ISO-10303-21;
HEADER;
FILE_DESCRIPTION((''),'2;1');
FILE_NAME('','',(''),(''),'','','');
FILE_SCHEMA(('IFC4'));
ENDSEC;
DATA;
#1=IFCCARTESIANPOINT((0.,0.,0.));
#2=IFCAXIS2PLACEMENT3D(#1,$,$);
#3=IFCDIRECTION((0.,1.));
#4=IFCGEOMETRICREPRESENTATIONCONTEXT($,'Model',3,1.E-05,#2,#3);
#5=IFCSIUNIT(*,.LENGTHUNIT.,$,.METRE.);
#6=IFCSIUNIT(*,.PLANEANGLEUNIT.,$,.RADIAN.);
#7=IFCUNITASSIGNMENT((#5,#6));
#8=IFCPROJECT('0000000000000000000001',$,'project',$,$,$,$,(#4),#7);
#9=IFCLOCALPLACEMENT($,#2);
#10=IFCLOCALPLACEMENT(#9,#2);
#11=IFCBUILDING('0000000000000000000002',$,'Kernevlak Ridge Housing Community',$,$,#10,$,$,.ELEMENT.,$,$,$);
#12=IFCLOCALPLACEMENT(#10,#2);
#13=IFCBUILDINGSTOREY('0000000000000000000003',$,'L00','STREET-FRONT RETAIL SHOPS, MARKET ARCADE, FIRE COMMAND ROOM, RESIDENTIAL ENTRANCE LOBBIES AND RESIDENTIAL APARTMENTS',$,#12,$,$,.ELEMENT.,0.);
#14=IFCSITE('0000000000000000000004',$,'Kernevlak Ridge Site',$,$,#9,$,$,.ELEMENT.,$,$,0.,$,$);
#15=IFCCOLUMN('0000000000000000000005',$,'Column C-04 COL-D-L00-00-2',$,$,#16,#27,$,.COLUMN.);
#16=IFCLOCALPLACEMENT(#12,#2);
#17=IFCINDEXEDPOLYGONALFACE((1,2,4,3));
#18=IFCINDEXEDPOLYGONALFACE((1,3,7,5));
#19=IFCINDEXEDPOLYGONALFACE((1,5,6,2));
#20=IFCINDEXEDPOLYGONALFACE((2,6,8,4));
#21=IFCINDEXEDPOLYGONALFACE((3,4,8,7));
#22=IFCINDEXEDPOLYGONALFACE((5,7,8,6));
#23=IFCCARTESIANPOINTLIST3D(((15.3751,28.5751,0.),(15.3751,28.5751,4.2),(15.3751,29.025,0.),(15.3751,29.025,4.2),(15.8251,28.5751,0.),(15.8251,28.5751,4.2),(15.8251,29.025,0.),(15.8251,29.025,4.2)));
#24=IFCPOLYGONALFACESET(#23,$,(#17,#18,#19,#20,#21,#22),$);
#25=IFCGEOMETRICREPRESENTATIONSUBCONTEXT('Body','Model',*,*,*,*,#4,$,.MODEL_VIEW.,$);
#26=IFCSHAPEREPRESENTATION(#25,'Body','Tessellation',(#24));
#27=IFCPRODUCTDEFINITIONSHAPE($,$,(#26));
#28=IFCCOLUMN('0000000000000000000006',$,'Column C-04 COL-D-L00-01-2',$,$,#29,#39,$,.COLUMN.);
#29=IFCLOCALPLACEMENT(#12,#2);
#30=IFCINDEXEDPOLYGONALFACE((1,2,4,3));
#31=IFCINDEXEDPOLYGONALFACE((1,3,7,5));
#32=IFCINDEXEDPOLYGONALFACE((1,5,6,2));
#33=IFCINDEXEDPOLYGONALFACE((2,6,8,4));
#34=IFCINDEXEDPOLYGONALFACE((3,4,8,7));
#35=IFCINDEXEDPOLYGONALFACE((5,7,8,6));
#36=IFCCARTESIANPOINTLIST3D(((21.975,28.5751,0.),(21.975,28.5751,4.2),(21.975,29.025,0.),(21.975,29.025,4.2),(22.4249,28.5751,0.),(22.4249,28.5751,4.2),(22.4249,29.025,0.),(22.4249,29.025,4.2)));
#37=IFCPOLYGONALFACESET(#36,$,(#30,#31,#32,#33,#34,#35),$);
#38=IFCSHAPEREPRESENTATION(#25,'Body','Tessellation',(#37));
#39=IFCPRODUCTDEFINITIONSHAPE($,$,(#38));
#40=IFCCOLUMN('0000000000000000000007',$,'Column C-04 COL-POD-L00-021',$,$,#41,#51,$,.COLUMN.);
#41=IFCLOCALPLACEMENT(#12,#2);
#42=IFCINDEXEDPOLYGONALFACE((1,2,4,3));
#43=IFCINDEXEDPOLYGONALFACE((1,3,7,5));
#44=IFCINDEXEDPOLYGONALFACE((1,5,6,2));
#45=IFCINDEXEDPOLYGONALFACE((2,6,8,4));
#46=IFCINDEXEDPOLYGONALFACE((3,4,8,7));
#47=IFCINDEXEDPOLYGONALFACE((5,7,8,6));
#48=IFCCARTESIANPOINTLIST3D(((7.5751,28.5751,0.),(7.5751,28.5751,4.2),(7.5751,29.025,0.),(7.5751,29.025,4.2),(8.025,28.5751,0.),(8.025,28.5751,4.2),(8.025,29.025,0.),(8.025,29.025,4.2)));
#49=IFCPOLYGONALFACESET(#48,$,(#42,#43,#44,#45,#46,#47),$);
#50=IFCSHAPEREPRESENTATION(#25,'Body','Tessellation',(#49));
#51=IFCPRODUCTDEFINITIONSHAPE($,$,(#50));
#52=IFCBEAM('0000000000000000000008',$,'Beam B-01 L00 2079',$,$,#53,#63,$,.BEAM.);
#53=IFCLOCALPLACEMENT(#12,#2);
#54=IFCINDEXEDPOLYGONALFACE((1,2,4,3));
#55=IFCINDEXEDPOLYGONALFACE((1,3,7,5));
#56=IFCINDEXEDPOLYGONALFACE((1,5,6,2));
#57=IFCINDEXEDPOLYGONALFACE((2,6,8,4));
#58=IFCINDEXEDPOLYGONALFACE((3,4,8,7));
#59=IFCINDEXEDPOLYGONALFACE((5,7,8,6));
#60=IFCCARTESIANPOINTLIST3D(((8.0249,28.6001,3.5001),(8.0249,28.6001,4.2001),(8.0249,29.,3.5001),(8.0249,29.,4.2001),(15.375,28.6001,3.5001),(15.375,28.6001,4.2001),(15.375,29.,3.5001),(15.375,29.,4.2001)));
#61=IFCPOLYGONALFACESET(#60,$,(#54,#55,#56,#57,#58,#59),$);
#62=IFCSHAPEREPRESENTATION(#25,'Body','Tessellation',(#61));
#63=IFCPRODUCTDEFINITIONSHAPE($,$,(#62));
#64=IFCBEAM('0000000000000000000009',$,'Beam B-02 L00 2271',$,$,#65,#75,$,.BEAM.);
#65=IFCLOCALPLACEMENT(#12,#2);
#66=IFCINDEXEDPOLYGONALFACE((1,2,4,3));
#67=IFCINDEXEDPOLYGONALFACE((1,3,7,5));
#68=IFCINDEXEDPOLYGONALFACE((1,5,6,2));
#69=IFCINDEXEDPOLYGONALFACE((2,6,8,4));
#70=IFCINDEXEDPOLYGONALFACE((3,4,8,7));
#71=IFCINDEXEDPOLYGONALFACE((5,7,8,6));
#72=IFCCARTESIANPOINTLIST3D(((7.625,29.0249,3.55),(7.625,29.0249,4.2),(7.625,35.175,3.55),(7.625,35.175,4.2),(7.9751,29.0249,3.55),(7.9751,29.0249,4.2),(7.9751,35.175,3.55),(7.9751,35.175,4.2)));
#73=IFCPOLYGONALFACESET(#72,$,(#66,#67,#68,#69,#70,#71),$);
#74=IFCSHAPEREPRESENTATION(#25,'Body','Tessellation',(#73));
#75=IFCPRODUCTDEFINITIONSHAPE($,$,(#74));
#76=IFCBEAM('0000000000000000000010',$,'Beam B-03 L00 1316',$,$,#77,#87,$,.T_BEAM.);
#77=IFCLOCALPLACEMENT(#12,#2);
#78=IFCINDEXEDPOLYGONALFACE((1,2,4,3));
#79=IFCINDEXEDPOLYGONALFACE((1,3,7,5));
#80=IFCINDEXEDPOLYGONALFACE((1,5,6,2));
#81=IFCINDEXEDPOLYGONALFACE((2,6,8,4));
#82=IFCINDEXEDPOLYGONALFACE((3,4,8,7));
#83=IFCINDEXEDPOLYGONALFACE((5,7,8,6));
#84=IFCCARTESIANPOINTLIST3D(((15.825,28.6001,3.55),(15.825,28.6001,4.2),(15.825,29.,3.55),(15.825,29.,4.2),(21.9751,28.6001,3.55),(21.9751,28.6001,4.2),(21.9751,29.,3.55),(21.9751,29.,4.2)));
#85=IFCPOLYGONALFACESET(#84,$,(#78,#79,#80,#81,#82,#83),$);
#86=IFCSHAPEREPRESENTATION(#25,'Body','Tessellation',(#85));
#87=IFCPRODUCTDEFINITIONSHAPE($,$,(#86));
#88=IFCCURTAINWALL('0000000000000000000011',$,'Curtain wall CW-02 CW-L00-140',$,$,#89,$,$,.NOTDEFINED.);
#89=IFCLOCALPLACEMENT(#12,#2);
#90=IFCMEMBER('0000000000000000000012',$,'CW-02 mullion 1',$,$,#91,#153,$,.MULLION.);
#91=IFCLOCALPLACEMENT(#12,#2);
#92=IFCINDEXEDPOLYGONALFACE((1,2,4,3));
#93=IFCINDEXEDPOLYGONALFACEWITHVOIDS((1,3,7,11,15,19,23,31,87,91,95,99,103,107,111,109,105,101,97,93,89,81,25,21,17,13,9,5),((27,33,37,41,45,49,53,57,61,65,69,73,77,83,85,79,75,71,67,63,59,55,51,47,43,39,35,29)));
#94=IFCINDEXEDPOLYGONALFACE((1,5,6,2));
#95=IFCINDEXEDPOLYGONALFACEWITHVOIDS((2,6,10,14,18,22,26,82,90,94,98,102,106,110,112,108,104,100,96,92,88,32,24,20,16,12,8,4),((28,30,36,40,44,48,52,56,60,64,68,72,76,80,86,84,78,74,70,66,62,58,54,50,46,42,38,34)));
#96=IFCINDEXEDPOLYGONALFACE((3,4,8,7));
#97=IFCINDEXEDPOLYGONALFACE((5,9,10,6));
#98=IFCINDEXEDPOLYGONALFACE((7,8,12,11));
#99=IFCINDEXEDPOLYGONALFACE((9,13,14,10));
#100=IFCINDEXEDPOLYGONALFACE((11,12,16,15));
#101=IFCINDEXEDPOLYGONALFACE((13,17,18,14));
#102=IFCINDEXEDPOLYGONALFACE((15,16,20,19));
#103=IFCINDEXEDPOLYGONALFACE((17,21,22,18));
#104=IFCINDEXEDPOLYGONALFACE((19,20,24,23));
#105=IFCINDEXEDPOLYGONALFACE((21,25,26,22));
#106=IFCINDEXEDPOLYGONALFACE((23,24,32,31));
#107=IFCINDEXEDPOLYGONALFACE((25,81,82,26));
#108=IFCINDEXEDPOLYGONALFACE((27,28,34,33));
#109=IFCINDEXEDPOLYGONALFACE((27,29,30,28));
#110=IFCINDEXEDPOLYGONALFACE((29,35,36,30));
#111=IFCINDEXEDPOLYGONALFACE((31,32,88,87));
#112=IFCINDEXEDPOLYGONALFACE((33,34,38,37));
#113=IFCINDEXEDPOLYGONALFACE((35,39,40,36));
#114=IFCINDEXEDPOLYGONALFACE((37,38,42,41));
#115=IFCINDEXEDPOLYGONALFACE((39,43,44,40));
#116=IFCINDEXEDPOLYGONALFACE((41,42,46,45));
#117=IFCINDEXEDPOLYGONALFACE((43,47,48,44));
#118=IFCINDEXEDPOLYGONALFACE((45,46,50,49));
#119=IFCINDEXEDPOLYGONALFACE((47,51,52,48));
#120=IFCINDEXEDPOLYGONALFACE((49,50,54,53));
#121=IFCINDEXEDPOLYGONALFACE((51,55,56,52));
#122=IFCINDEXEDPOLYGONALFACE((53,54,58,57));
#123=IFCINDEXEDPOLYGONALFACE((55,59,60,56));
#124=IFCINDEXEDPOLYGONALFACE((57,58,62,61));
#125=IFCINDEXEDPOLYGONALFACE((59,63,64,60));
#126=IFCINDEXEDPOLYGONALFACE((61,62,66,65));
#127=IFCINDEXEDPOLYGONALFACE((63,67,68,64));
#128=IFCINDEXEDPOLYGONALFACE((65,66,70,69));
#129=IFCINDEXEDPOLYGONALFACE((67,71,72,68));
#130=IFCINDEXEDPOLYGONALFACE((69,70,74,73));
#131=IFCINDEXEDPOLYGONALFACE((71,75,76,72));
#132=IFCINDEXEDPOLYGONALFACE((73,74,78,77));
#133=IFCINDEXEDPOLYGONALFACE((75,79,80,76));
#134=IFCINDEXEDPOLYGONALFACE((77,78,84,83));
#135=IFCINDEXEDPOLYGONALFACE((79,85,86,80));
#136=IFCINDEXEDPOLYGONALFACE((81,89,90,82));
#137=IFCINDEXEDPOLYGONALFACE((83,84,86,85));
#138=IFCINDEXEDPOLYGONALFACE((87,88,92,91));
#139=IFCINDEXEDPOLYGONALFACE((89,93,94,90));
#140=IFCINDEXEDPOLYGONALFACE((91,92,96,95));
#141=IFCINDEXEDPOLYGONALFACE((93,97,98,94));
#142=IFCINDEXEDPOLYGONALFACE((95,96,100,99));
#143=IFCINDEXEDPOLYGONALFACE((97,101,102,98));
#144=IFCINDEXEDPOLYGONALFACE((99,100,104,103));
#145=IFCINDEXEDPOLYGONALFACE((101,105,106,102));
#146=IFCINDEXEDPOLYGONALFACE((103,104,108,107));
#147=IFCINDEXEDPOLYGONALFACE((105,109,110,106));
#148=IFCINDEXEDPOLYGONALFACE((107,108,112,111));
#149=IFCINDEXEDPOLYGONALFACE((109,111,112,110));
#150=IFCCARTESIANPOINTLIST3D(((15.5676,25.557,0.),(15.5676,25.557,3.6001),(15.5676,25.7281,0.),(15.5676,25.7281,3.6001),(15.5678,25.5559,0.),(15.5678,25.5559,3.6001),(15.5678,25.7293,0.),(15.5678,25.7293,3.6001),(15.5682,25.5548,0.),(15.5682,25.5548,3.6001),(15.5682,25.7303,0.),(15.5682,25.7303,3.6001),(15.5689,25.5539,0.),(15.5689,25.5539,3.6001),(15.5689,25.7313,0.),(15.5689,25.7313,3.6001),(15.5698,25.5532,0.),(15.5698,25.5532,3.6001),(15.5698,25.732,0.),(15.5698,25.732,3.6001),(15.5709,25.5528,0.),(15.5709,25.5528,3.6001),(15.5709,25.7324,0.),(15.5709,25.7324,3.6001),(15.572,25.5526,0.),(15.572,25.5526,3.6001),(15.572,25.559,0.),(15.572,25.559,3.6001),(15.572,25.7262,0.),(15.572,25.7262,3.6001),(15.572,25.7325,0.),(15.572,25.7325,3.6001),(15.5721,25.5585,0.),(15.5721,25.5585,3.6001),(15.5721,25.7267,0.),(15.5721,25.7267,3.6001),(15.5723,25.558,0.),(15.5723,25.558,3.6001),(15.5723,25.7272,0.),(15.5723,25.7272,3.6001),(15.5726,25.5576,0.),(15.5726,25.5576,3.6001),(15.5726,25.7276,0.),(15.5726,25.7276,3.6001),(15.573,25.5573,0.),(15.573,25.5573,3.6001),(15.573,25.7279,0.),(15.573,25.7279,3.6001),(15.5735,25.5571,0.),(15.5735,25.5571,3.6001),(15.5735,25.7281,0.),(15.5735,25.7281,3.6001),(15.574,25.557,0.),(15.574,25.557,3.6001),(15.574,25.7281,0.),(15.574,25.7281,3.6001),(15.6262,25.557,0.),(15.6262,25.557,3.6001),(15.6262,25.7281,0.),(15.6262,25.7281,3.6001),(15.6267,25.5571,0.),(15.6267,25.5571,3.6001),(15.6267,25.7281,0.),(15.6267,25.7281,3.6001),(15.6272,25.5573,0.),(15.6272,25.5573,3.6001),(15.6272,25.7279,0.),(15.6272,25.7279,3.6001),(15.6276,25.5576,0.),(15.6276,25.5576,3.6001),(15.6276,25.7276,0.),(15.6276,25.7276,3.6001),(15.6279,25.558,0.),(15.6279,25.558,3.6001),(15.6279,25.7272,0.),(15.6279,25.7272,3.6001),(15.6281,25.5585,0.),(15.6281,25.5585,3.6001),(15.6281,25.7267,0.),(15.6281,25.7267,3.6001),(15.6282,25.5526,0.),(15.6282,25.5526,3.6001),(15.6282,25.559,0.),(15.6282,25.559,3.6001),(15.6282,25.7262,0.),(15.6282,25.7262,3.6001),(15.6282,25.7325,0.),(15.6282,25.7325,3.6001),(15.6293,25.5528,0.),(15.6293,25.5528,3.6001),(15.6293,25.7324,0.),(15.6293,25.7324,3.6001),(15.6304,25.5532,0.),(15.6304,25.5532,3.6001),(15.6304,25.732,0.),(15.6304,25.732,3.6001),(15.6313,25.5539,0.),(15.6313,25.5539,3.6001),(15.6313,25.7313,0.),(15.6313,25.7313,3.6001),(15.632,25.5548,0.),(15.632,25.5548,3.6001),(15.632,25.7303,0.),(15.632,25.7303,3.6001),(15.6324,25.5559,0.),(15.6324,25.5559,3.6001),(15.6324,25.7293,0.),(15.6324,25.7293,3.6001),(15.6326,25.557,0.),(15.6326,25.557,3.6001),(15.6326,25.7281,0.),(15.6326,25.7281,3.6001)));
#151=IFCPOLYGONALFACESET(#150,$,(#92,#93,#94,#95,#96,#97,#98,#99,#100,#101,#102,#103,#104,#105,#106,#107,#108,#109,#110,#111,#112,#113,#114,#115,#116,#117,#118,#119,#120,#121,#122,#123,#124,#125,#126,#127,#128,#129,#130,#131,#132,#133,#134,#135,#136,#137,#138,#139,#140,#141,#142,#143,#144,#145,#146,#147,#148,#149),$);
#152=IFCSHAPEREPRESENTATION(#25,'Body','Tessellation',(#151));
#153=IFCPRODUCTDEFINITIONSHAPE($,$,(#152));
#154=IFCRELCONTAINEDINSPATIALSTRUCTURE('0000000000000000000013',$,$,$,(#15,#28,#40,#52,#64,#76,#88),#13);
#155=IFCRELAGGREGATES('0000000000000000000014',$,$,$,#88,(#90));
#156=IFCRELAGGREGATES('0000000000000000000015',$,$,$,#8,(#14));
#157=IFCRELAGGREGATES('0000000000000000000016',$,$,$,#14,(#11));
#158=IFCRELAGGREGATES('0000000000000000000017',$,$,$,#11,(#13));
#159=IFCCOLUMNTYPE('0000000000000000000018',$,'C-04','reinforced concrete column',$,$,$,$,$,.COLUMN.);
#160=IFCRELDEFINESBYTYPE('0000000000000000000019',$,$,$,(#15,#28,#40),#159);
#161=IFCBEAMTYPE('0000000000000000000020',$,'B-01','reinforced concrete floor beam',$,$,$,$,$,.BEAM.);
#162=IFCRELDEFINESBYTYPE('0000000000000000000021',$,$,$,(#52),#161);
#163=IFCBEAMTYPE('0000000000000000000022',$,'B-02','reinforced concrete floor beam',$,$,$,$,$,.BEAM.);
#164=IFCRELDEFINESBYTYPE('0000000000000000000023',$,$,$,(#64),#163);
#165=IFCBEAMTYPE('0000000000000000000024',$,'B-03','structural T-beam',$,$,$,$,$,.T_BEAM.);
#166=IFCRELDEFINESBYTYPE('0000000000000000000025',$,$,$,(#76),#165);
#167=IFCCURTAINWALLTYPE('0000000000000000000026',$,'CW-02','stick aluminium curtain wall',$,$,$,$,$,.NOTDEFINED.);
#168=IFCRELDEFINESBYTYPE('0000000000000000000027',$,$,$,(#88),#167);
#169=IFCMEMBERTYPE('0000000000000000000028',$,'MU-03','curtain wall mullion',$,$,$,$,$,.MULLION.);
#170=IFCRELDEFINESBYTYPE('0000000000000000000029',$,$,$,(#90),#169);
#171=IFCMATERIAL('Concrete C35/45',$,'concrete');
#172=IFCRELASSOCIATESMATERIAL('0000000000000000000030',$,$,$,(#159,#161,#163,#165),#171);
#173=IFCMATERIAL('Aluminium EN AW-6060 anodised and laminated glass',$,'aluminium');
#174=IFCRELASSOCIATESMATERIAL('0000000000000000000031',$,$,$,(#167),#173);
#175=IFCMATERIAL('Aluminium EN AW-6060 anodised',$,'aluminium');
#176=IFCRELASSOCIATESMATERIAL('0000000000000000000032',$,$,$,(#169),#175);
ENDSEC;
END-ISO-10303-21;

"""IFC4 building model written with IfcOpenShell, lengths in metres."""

from ifc_helpers import new_model, si_unit, direction, frame, origin, origin_2d, place, context, subcontext, project, spatial, rectangle, hollow_rectangle, extrude, material, material_profile, profile_set, type_object, element, aggregate, save


model = new_model("IFC4")

# Units and contexts
model_context = context("Model", 3, precision=1e-05, world=origin(), true_north=direction((0.0, 1.0)))
body_context = subcontext(model_context, "Body", "Model", "MODEL_VIEW")
ifc_project = project(units=[si_unit("LENGTHUNIT", "METRE"), si_unit("PLANEANGLEUNIT", "RADIAN")], contexts=[model_context])

# Site, building, storey
site_placement = place(None, origin())
site = spatial("IfcSite", under=ifc_project, at=site_placement, Name="Kernevlak Ridge Site", CompositionType="ELEMENT", RefElevation=0.0)
building_placement = place(site_placement, origin())
building = spatial("IfcBuilding", under=site, at=building_placement, Name="Kernevlak Ridge Housing Community", CompositionType="ELEMENT")
storey_placement = place(building_placement, origin())
storey = spatial("IfcBuildingStorey", under=building, at=storey_placement, Name="L00", Description="STREET-FRONT RETAIL SHOPS, MARKET ARCADE, FIRE COMMAND ROOM, RESIDENTIAL ENTRANCE LOBBIES AND RESIDENTIAL APARTMENTS", CompositionType="ELEMENT", Elevation=0.0)

# Columns
ifc_material_1 = material(Name="Concrete C35/45", Category="concrete")
ifc_material_profile_1 = material_profile(ifc_material_1, rectangle(XDim=0.45, YDim=0.45, at=origin_2d()), Name="RC 450x450")
ifc_profile_set_1 = profile_set([ifc_material_profile_1], Name="Concrete C35/45")
column_type = type_object("IfcColumnType", Name="C-04", Description="reinforced concrete column", PredefinedType="COLUMN", material=ifc_profile_set_1)
for number, where, z_axis, x_axis, name in (
    (1, (15.6001, 28.8, 0.0), (0.0, 0.0, 1.0), (1.0, 0.0, 0.0), "Column C-04 COL-D-L00-00-2"),
    (2, (22.2, 28.8, 0.0), (0.0, 0.0, 1.0), (1.0, 0.0, 0.0), "Column C-04 COL-D-L00-01-2"),
    (3, (7.8, 28.8, 0.0), (0.0, 0.0, 1.0), (1.0, 0.0, 0.0), "Column C-04 COL-POD-L00-021"),
):
    element("IfcColumn", number, at=place(storey_placement, frame(where, z_axis=z_axis, x_axis=x_axis)), inside=storey, type_object=column_type, Name=name, PredefinedType="COLUMN", context=body_context, shape_type="SweptSolid", body=[
        extrude(rectangle(XDim=0.45, YDim=0.45, at=origin_2d()), origin(), (0.0, 0.0, 1.0), 4.2),
    ])

# Beams
ifc_material_profile_2 = material_profile(ifc_material_1, rectangle(XDim=0.3999, YDim=0.7, at=origin_2d()), Name="RC 400x700")
ifc_profile_set_2 = profile_set([ifc_material_profile_2], Name="Concrete C35/45")
beam_type_1 = type_object("IfcBeamType", Name="B-01", Description="reinforced concrete floor beam", PredefinedType="BEAM", material=ifc_profile_set_2)
beam_1_placement = place(storey_placement, frame((8.0249, 28.8, 3.8501), z_axis=(1.0, 0.0, 0.0), x_axis=(0.0, 1.0, 0.0)))
element("IfcBeam", 4, at=beam_1_placement, inside=storey, type_object=beam_type_1, Name="Beam B-01 L00 2079", PredefinedType="BEAM", context=body_context, shape_type="SweptSolid", body=[
    extrude(rectangle(XDim=0.3999, YDim=0.7, at=origin_2d()), origin(), (0.0, 0.0, 1.0), 7.3501),
])
ifc_material_profile_3 = material_profile(ifc_material_1, rectangle(XDim=0.3501, YDim=0.6499, at=origin_2d()), Name="RC 350x650")
ifc_profile_set_3 = profile_set([ifc_material_profile_3], Name="Concrete C35/45")
beam_type_2 = type_object("IfcBeamType", Name="B-02", Description="reinforced concrete floor beam", PredefinedType="BEAM", material=ifc_profile_set_3)
beam_2_placement = place(storey_placement, frame((7.8, 29.0249, 3.875), z_axis=(0.0, 1.0, 0.0), x_axis=(-1.0, 0.0, 0.0)))
element("IfcBeam", 5, at=beam_2_placement, inside=storey, type_object=beam_type_2, Name="Beam B-02 L00 2271", PredefinedType="BEAM", context=body_context, shape_type="SweptSolid", body=[
    extrude(rectangle(XDim=0.3501, YDim=0.6499, at=origin_2d()), origin(), (0.0, 0.0, 1.0), 6.1501),
])
ifc_material_profile_4 = material_profile(ifc_material_1, rectangle(XDim=0.3999, YDim=0.6499, at=origin_2d()), Name="RC 400x650")
ifc_profile_set_4 = profile_set([ifc_material_profile_4], Name="Concrete C35/45")
beam_type_3 = type_object("IfcBeamType", Name="B-03", Description="structural T-beam", PredefinedType="T_BEAM", material=ifc_profile_set_4)
beam_3_placement = place(storey_placement, frame((15.825, 28.8, 3.875), z_axis=(1.0, 0.0, 0.0), x_axis=(0.0, 1.0, 0.0)))
element("IfcBeam", 6, at=beam_3_placement, inside=storey, type_object=beam_type_3, Name="Beam B-03 L00 1316", PredefinedType="T_BEAM", context=body_context, shape_type="SweptSolid", body=[
    extrude(rectangle(XDim=0.3999, YDim=0.6499, at=origin_2d()), origin(), (0.0, 0.0, 1.0), 6.1501),
])

# Curtain wall, member
ifc_material_2 = material(Name="Aluminium EN AW-6060 anodised and laminated glass", Category="aluminium")
curtain_wall_type = type_object("IfcCurtainWallType", Name="CW-02", Description="stick aluminium curtain wall", PredefinedType="NOTDEFINED", material=ifc_material_2)
curtain_wall_placement = place(storey_placement, origin())
curtain_wall = element("IfcCurtainWall", 7, at=curtain_wall_placement, inside=storey, type_object=curtain_wall_type, Name="Curtain wall CW-02 CW-L00-140", PredefinedType="NOTDEFINED")
ifc_material_3 = material(Name="Aluminium EN AW-6060 anodised", Category="aluminium")
ifc_material_profile_5 = material_profile(ifc_material_3, hollow_rectangle(XDim=0.0649, YDim=0.1799, WallThickness=0.0044, InnerFilletRadius=0.002, OuterFilletRadius=0.0044, at=origin_2d()), Name="ALU 65x180x4.5")
ifc_profile_set_5 = profile_set([ifc_material_profile_5], Name="Aluminium EN AW-6060 anodised")
member_type_1 = type_object("IfcMemberType", Name="MU-03", Description="curtain wall mullion", PredefinedType="MULLION", material=ifc_profile_set_5)
member_1_placement = place(storey_placement, frame((15.6001, 25.6426, 0.0), z_axis=(0.0, 0.0, 1.0), x_axis=(-1.0, 0.0, 0.0)))
member_1 = element("IfcMember", 8, at=member_1_placement, type_object=member_type_1, Name="CW-02 mullion 1", PredefinedType="MULLION", context=body_context, shape_type="SweptSolid", body=[
    extrude(hollow_rectangle(XDim=0.0649, YDim=0.1799, WallThickness=0.0044, InnerFilletRadius=0.002, OuterFilletRadius=0.0044, at=origin_2d()), origin(), (0.0, 0.0, 1.0), 3.6001),
])

aggregate(curtain_wall, [member_1])

save(model, "model.ifc")
